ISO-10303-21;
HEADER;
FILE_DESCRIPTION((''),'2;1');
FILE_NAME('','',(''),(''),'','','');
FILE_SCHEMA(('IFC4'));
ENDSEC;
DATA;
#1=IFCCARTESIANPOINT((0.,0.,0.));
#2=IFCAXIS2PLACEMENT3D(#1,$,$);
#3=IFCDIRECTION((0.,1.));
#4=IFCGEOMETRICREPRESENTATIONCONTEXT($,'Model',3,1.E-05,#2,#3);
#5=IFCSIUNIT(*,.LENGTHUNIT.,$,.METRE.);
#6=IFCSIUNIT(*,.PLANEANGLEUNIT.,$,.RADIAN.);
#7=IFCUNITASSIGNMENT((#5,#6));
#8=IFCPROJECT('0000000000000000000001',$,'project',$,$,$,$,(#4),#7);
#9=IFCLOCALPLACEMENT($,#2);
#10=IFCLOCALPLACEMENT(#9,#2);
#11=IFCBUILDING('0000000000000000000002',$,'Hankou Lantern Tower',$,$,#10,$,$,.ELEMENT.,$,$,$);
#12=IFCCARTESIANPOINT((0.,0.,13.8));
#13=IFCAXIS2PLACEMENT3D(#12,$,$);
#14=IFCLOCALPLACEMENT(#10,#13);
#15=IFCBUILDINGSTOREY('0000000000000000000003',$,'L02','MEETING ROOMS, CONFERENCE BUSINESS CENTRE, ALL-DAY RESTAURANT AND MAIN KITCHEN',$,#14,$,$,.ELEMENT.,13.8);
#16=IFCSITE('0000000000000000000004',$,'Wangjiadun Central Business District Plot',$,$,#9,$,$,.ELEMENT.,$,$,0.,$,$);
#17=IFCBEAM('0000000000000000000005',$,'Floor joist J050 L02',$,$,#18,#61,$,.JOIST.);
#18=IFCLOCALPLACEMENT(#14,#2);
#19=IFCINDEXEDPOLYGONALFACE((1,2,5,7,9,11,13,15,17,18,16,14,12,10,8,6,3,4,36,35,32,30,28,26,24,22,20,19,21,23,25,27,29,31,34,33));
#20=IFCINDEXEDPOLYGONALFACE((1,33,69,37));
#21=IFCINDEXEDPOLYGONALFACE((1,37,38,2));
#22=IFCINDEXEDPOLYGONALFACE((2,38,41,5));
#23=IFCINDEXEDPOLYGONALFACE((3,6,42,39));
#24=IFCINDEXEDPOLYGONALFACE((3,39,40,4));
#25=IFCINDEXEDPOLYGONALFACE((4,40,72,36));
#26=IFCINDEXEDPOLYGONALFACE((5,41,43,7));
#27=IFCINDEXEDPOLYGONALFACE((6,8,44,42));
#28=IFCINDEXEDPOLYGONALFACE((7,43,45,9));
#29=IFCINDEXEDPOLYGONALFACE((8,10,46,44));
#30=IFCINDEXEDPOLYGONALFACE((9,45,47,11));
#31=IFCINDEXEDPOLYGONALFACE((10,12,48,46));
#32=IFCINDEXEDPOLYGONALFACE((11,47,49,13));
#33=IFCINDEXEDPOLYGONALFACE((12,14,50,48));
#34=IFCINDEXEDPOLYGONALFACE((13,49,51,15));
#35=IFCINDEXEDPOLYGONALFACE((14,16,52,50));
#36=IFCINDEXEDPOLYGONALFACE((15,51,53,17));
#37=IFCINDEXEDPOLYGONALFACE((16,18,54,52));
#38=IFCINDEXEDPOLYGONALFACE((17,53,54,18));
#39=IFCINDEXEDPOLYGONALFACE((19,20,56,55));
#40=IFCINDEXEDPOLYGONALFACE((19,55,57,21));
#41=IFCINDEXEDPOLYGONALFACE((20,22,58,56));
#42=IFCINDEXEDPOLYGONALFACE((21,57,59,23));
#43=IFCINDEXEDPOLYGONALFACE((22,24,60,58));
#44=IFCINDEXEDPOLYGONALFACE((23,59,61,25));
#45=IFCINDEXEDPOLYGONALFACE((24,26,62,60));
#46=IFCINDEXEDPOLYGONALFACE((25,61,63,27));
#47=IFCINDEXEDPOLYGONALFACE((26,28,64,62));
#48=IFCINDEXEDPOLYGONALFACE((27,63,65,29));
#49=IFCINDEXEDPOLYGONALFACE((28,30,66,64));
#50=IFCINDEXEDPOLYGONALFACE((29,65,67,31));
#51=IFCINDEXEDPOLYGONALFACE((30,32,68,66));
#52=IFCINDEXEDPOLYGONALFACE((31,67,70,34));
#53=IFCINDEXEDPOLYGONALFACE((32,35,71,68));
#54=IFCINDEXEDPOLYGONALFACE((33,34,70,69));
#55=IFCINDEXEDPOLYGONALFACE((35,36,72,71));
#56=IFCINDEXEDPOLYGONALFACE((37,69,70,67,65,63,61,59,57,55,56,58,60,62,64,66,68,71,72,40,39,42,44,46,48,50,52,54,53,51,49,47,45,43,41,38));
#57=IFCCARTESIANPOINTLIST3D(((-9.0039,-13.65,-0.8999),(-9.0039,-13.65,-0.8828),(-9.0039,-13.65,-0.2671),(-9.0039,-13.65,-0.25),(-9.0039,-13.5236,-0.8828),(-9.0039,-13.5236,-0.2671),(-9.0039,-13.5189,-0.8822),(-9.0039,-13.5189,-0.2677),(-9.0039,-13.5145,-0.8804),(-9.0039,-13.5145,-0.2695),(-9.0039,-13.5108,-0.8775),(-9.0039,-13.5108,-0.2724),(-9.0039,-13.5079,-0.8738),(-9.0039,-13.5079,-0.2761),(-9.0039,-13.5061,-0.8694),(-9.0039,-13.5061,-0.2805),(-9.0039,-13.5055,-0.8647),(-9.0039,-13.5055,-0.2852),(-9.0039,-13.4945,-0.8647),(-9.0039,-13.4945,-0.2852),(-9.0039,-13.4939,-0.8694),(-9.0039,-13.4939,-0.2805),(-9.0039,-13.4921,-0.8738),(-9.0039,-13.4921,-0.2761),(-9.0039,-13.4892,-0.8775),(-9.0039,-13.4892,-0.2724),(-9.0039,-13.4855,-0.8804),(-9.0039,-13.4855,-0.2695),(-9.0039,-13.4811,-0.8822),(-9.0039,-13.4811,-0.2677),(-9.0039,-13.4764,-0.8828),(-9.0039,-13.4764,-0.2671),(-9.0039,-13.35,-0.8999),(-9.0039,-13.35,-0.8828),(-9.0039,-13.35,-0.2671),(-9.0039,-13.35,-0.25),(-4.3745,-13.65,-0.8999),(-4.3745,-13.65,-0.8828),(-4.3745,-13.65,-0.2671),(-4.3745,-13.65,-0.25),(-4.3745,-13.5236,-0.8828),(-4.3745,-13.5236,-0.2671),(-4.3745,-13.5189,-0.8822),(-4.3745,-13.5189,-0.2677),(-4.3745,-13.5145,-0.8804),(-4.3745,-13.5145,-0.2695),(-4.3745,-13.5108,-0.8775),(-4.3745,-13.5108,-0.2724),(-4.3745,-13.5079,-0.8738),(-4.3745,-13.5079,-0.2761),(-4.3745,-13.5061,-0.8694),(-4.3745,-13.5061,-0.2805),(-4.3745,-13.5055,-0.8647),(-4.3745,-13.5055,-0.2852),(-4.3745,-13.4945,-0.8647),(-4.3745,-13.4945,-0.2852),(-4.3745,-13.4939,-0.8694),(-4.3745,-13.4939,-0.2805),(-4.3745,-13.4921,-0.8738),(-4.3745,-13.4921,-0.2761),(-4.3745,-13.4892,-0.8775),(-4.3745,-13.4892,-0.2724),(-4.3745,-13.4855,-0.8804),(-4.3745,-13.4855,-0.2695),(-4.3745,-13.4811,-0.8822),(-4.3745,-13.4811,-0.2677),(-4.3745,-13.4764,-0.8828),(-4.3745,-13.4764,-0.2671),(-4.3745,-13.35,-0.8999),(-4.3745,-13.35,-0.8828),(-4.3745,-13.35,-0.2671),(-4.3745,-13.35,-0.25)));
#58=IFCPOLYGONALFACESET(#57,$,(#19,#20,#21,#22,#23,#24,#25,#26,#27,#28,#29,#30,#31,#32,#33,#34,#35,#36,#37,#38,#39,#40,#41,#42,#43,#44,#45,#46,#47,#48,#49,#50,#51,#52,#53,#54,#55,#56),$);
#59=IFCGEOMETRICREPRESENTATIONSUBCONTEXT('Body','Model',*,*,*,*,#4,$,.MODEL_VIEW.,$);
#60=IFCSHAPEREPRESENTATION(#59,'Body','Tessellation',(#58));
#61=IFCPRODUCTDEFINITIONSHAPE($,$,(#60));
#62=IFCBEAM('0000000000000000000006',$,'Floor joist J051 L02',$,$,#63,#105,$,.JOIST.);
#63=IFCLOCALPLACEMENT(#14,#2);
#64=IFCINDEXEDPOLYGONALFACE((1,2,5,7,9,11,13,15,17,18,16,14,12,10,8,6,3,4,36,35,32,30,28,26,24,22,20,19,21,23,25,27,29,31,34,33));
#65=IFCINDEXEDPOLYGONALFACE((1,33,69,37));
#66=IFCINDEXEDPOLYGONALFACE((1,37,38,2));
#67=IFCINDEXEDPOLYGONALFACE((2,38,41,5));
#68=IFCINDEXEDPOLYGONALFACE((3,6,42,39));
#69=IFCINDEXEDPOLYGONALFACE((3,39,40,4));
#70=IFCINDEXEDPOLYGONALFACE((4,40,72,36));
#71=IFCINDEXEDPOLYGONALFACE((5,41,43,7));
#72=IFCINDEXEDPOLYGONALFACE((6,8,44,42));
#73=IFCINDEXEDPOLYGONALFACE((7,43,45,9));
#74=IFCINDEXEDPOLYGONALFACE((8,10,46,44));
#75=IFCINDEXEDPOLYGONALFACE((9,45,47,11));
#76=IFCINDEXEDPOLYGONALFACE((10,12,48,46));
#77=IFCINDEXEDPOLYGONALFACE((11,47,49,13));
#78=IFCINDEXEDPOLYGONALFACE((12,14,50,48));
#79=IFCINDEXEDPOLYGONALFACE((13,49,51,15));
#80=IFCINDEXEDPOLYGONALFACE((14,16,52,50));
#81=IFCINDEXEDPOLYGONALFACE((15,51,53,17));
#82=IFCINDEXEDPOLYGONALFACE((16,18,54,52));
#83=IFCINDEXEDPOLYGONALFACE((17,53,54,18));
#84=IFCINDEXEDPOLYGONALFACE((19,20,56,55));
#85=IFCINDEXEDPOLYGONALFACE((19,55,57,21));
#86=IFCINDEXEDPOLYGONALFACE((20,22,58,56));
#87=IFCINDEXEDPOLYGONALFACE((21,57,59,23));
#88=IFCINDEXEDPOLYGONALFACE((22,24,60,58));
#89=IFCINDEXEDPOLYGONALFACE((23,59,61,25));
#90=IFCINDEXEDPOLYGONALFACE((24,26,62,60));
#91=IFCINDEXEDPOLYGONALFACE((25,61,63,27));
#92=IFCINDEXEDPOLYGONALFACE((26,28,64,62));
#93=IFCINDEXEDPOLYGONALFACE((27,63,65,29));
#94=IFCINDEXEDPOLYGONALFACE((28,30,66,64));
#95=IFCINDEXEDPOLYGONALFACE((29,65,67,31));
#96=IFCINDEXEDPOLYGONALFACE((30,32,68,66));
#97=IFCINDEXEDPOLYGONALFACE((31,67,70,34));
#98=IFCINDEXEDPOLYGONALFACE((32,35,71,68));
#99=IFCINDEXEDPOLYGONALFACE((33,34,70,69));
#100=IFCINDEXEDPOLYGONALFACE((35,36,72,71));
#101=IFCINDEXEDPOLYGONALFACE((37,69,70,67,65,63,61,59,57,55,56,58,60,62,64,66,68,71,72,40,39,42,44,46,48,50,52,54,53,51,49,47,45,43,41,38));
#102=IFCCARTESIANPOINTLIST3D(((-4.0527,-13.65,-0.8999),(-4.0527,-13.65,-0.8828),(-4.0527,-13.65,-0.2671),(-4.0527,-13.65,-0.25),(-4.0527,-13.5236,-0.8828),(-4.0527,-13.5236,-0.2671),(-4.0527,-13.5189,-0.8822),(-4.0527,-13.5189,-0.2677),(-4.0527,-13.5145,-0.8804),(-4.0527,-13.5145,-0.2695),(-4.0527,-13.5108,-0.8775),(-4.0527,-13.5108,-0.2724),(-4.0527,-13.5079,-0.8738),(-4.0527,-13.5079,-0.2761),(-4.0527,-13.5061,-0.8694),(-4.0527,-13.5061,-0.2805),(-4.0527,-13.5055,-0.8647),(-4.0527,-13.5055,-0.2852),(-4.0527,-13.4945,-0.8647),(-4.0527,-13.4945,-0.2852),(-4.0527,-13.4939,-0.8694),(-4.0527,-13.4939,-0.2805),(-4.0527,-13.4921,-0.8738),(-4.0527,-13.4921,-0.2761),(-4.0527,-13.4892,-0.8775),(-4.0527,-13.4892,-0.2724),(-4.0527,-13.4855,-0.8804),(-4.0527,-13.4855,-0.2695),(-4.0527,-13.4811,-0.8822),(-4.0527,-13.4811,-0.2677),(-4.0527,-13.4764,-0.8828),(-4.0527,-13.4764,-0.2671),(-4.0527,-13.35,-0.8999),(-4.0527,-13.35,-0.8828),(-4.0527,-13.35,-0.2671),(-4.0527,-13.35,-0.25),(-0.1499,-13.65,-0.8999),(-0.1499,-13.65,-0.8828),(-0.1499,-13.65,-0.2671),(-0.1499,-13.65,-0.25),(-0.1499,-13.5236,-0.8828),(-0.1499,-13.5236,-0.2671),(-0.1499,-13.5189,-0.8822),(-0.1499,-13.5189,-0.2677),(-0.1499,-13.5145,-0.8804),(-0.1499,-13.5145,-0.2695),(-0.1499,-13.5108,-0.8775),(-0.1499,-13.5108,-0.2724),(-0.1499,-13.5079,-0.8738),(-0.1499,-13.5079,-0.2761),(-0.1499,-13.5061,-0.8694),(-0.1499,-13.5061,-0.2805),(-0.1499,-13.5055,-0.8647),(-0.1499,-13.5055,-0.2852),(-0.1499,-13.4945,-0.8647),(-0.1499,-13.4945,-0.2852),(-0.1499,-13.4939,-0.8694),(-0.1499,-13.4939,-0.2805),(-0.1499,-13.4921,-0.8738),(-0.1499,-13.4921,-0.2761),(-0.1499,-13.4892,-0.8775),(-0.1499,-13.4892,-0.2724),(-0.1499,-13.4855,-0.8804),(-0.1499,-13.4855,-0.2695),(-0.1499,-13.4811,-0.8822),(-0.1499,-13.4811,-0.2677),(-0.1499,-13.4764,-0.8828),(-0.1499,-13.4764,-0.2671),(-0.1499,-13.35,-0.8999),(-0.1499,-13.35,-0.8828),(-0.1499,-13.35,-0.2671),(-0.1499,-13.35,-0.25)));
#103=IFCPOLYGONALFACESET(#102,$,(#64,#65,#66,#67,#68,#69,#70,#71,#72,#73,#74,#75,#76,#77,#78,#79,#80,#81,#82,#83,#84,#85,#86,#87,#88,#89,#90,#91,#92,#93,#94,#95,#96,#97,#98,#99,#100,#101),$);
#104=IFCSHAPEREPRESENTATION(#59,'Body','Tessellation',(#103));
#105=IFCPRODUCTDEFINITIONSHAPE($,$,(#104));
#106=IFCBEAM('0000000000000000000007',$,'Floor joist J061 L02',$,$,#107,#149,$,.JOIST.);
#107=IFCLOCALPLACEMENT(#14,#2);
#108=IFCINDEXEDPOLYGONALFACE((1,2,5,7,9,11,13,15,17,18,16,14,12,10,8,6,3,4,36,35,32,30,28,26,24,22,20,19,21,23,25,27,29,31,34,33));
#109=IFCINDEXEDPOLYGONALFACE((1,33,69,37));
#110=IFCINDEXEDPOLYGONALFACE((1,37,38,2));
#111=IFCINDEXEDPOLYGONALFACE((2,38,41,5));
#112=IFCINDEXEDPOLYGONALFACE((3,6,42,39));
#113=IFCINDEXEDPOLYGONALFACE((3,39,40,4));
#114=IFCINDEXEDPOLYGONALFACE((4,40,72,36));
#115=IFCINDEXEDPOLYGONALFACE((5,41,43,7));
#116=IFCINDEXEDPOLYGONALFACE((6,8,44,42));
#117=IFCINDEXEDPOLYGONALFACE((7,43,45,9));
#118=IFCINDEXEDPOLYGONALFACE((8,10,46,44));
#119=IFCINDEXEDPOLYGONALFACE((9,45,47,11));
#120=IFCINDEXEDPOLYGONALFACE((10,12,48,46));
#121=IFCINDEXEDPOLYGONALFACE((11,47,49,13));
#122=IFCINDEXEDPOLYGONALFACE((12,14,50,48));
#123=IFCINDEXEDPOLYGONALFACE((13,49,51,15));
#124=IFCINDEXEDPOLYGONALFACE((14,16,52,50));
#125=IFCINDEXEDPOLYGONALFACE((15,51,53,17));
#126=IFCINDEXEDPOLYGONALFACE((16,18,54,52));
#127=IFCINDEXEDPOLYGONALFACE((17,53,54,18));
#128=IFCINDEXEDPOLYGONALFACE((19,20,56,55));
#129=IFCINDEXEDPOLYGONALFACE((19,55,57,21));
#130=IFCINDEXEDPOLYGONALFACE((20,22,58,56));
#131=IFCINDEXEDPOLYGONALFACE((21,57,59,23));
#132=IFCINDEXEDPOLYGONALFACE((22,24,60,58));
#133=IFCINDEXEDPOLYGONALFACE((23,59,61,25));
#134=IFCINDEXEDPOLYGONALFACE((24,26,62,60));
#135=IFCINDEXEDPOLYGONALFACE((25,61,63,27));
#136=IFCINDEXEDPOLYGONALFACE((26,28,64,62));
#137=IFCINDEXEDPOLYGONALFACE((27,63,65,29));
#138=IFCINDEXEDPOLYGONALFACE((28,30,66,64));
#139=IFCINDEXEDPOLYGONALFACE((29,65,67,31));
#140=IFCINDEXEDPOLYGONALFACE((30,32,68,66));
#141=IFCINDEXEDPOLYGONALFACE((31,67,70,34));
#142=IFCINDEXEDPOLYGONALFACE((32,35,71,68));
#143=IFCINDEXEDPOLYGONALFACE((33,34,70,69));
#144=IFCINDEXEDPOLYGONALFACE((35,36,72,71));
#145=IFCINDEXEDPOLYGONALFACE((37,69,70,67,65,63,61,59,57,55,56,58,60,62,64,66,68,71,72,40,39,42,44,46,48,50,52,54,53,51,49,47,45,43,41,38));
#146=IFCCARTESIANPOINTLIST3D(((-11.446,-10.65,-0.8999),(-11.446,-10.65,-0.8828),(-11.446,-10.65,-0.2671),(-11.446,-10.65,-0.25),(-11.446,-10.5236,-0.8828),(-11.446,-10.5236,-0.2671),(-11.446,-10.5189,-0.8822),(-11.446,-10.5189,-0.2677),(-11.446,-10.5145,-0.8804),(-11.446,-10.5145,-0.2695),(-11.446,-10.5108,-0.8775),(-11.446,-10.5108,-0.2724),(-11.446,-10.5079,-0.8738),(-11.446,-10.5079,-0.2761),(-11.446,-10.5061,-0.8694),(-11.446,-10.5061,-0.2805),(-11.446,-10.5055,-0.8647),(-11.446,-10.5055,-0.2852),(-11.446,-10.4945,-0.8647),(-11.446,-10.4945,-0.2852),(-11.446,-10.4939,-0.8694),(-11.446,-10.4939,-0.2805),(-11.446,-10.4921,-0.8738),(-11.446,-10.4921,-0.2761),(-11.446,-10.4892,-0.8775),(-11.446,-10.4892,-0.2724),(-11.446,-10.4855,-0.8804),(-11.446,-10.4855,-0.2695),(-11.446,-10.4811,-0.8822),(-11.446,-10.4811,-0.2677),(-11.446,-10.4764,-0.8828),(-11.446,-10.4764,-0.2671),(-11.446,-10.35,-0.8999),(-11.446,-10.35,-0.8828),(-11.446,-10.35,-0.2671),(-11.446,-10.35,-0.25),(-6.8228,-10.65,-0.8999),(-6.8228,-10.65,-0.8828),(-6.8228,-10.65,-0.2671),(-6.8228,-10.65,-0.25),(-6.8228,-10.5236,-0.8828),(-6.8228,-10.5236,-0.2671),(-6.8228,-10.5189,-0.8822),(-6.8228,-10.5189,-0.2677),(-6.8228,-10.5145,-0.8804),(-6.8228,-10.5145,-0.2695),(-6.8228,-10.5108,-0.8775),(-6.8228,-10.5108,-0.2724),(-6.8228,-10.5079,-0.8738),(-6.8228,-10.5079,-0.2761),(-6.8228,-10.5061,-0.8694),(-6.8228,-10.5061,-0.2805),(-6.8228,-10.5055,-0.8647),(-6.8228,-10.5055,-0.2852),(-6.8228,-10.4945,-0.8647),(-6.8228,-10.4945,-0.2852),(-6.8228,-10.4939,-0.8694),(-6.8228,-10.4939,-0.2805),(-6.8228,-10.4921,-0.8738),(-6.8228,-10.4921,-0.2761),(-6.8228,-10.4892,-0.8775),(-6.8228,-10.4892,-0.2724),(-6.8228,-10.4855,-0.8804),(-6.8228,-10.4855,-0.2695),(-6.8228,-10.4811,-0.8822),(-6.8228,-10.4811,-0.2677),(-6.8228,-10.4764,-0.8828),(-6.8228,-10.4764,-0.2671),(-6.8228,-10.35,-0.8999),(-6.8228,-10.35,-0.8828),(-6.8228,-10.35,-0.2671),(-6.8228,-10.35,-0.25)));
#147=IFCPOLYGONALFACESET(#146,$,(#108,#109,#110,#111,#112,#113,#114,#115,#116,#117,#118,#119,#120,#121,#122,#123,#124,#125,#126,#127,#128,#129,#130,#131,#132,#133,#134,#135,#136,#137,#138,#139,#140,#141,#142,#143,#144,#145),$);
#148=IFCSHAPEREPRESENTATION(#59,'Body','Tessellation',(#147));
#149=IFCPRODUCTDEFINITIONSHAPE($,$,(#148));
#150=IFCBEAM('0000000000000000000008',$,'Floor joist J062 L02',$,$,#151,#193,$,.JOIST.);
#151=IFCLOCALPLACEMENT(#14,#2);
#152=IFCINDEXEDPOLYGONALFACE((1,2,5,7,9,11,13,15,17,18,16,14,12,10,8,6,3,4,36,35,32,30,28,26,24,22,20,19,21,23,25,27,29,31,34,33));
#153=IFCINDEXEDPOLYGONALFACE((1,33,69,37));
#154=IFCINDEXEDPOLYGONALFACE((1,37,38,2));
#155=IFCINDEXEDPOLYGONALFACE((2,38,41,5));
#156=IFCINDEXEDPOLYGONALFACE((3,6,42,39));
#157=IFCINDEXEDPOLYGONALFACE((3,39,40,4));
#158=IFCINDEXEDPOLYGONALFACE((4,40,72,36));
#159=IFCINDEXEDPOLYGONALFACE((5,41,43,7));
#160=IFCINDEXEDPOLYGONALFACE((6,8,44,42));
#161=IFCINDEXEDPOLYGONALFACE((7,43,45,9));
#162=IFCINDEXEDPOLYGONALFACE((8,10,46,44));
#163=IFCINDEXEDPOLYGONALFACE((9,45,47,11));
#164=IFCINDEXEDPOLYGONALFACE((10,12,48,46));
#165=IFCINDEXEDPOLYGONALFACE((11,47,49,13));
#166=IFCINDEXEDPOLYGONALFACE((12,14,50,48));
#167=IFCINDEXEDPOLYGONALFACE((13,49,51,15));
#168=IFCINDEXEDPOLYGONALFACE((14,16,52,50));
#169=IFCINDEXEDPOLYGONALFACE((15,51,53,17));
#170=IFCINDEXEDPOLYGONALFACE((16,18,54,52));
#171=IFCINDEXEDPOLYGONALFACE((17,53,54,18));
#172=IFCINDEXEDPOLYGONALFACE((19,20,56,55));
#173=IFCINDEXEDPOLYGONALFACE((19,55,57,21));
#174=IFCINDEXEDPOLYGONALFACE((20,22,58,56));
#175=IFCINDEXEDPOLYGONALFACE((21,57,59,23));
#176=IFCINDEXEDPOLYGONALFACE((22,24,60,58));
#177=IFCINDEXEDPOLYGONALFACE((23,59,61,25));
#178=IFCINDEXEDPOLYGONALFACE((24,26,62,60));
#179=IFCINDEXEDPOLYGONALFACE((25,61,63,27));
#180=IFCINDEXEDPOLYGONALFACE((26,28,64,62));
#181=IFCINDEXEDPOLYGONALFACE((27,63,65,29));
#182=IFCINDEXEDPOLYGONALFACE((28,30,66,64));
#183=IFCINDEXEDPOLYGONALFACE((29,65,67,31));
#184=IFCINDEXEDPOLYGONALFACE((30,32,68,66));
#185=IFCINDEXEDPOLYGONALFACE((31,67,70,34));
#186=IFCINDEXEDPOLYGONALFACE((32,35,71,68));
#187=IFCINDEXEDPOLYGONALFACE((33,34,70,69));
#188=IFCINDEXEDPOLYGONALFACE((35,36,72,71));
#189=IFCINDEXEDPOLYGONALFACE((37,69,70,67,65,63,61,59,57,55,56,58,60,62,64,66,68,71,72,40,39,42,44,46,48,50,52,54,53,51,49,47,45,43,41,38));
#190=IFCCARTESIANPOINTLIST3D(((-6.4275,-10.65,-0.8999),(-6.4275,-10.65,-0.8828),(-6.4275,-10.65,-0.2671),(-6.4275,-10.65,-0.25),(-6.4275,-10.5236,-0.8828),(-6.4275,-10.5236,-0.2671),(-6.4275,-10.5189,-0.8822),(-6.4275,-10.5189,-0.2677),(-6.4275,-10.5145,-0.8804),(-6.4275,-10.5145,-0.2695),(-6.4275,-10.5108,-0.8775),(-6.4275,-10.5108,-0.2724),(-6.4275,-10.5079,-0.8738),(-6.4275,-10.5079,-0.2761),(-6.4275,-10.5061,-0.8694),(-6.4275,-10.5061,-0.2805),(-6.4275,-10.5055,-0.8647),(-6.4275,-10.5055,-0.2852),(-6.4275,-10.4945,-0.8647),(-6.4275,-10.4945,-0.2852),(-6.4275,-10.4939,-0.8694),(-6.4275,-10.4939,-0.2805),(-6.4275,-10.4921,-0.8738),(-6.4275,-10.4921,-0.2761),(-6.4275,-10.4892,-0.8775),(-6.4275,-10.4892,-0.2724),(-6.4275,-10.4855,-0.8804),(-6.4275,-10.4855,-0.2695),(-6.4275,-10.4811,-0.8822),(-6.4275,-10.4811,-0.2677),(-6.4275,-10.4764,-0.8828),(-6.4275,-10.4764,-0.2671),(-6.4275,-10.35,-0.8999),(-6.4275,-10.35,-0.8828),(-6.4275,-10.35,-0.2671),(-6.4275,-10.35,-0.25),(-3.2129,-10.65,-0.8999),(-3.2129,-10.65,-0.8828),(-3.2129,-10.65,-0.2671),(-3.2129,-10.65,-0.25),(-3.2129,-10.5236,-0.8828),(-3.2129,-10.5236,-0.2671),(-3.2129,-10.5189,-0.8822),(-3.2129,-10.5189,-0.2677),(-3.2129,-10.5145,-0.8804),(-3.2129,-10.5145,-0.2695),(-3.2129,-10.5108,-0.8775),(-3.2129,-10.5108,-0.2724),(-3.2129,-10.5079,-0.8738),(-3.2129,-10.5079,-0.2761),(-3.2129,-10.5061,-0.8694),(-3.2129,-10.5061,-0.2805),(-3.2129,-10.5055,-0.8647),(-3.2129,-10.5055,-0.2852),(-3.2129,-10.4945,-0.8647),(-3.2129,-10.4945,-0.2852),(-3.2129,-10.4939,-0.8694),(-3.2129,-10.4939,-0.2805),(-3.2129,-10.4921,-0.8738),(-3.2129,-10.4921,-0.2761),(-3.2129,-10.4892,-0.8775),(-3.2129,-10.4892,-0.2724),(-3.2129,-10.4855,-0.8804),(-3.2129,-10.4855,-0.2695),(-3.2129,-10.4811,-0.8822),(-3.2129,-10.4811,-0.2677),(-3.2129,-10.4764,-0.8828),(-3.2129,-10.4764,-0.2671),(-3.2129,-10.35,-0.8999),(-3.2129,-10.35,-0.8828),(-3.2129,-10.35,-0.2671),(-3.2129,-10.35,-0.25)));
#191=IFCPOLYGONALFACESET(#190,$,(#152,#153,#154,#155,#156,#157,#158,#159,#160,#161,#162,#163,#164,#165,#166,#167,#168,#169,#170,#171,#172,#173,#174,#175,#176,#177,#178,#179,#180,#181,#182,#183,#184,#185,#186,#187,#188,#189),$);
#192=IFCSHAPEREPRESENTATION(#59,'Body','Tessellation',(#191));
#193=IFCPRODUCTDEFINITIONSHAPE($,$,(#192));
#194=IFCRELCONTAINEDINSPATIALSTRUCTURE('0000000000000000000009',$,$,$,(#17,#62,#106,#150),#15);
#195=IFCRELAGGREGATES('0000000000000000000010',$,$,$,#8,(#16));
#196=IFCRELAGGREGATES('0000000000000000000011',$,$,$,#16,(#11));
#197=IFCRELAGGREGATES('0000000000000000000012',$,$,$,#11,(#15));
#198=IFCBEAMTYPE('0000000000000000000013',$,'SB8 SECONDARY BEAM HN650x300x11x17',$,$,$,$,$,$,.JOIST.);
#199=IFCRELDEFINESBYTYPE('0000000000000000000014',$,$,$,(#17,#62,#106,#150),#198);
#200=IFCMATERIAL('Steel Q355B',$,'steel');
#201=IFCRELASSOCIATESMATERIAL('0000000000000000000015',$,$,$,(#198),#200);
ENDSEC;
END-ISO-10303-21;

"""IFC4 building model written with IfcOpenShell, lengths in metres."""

from ifc_helpers import new_model, si_unit, direction, frame, origin, origin_2d, place, context, subcontext, project, spatial, i_section, extrude, material, material_profile, profile_set, type_object, element, save


model = new_model("IFC4")

# Units and contexts
model_context = context("Model", 3, precision=1e-05, world=origin(), true_north=direction((0.0, 1.0)))
body_context = subcontext(model_context, "Body", "Model", "MODEL_VIEW")
ifc_project = project(units=[si_unit("LENGTHUNIT", "METRE"), si_unit("PLANEANGLEUNIT", "RADIAN")], contexts=[model_context])

# Site, building, storey
site_placement = place(None, origin())
site = spatial("IfcSite", under=ifc_project, at=site_placement, Name="Wangjiadun Central Business District Plot", CompositionType="ELEMENT", RefElevation=0.0)
building_placement = place(site_placement, origin())
building = spatial("IfcBuilding", under=site, at=building_placement, Name="Hankou Lantern Tower", CompositionType="ELEMENT")
storey_placement = place(building_placement, frame((0.0, 0.0, 13.8)))
storey = spatial("IfcBuildingStorey", under=building, at=storey_placement, Name="L02", Description="MEETING ROOMS, CONFERENCE BUSINESS CENTRE, ALL-DAY RESTAURANT AND MAIN KITCHEN", CompositionType="ELEMENT", Elevation=13.8)

# Beams
ifc_material_1 = material(Name="Steel Q355B", Category="steel")
ifc_material_profile_1 = material_profile(ifc_material_1, i_section(OverallWidth=0.3, OverallDepth=0.6499, WebThickness=0.011, FlangeThickness=0.0171, FilletRadius=0.0181, at=origin_2d()), Name="HN650x300x11x17")
ifc_profile_set_1 = profile_set([ifc_material_profile_1], Name="Steel Q355B")
beam_type_1 = type_object("IfcBeamType", Name="SB8 SECONDARY BEAM HN650x300x11x17", PredefinedType="JOIST", material=ifc_profile_set_1)
beam_1_placement = place(storey_placement, frame((-9.0039, -13.5, -0.575), z_axis=(1.0, 0.0, 0.0), x_axis=(0.0, 1.0, 0.0)))
element("IfcBeam", 1, at=beam_1_placement, inside=storey, type_object=beam_type_1, Name="Floor joist J050 L02", PredefinedType="JOIST", context=body_context, shape_type="SweptSolid", body=[
    extrude(i_section(OverallWidth=0.3, OverallDepth=0.6499, WebThickness=0.011, FlangeThickness=0.0171, FilletRadius=0.0181, at=origin_2d()), origin(), (0.0, 0.0, 1.0), 4.6294),
])
beam_2_placement = place(storey_placement, frame((-4.0527, -13.5, -0.575), z_axis=(1.0, 0.0, 0.0), x_axis=(0.0, 1.0, 0.0)))
element("IfcBeam", 2, at=beam_2_placement, inside=storey, type_object=beam_type_1, Name="Floor joist J051 L02", PredefinedType="JOIST", context=body_context, shape_type="SweptSolid", body=[
    extrude(i_section(OverallWidth=0.3, OverallDepth=0.6499, WebThickness=0.011, FlangeThickness=0.0171, FilletRadius=0.0181, at=origin_2d()), origin(), (0.0, 0.0, 1.0), 3.9028),
])
beam_3_placement = place(storey_placement, frame((-11.446, -10.5, -0.575), z_axis=(1.0, 0.0, 0.0), x_axis=(0.0, 1.0, 0.0)))
element("IfcBeam", 3, at=beam_3_placement, inside=storey, type_object=beam_type_1, Name="Floor joist J061 L02", PredefinedType="JOIST", context=body_context, shape_type="SweptSolid", body=[
    extrude(i_section(OverallWidth=0.3, OverallDepth=0.6499, WebThickness=0.011, FlangeThickness=0.0171, FilletRadius=0.0181, at=origin_2d()), origin(), (0.0, 0.0, 1.0), 4.6233),
])
beam_4_placement = place(storey_placement, frame((-6.4275, -10.5, -0.575), z_axis=(1.0, 0.0, 0.0), x_axis=(0.0, 1.0, 0.0)))
element("IfcBeam", 4, at=beam_4_placement, inside=storey, type_object=beam_type_1, Name="Floor joist J062 L02", PredefinedType="JOIST", context=body_context, shape_type="SweptSolid", body=[
    extrude(i_section(OverallWidth=0.3, OverallDepth=0.6499, WebThickness=0.011, FlangeThickness=0.0171, FilletRadius=0.0181, at=origin_2d()), origin(), (0.0, 0.0, 1.0), 3.2146),
])

save(model, "model.ifc")
